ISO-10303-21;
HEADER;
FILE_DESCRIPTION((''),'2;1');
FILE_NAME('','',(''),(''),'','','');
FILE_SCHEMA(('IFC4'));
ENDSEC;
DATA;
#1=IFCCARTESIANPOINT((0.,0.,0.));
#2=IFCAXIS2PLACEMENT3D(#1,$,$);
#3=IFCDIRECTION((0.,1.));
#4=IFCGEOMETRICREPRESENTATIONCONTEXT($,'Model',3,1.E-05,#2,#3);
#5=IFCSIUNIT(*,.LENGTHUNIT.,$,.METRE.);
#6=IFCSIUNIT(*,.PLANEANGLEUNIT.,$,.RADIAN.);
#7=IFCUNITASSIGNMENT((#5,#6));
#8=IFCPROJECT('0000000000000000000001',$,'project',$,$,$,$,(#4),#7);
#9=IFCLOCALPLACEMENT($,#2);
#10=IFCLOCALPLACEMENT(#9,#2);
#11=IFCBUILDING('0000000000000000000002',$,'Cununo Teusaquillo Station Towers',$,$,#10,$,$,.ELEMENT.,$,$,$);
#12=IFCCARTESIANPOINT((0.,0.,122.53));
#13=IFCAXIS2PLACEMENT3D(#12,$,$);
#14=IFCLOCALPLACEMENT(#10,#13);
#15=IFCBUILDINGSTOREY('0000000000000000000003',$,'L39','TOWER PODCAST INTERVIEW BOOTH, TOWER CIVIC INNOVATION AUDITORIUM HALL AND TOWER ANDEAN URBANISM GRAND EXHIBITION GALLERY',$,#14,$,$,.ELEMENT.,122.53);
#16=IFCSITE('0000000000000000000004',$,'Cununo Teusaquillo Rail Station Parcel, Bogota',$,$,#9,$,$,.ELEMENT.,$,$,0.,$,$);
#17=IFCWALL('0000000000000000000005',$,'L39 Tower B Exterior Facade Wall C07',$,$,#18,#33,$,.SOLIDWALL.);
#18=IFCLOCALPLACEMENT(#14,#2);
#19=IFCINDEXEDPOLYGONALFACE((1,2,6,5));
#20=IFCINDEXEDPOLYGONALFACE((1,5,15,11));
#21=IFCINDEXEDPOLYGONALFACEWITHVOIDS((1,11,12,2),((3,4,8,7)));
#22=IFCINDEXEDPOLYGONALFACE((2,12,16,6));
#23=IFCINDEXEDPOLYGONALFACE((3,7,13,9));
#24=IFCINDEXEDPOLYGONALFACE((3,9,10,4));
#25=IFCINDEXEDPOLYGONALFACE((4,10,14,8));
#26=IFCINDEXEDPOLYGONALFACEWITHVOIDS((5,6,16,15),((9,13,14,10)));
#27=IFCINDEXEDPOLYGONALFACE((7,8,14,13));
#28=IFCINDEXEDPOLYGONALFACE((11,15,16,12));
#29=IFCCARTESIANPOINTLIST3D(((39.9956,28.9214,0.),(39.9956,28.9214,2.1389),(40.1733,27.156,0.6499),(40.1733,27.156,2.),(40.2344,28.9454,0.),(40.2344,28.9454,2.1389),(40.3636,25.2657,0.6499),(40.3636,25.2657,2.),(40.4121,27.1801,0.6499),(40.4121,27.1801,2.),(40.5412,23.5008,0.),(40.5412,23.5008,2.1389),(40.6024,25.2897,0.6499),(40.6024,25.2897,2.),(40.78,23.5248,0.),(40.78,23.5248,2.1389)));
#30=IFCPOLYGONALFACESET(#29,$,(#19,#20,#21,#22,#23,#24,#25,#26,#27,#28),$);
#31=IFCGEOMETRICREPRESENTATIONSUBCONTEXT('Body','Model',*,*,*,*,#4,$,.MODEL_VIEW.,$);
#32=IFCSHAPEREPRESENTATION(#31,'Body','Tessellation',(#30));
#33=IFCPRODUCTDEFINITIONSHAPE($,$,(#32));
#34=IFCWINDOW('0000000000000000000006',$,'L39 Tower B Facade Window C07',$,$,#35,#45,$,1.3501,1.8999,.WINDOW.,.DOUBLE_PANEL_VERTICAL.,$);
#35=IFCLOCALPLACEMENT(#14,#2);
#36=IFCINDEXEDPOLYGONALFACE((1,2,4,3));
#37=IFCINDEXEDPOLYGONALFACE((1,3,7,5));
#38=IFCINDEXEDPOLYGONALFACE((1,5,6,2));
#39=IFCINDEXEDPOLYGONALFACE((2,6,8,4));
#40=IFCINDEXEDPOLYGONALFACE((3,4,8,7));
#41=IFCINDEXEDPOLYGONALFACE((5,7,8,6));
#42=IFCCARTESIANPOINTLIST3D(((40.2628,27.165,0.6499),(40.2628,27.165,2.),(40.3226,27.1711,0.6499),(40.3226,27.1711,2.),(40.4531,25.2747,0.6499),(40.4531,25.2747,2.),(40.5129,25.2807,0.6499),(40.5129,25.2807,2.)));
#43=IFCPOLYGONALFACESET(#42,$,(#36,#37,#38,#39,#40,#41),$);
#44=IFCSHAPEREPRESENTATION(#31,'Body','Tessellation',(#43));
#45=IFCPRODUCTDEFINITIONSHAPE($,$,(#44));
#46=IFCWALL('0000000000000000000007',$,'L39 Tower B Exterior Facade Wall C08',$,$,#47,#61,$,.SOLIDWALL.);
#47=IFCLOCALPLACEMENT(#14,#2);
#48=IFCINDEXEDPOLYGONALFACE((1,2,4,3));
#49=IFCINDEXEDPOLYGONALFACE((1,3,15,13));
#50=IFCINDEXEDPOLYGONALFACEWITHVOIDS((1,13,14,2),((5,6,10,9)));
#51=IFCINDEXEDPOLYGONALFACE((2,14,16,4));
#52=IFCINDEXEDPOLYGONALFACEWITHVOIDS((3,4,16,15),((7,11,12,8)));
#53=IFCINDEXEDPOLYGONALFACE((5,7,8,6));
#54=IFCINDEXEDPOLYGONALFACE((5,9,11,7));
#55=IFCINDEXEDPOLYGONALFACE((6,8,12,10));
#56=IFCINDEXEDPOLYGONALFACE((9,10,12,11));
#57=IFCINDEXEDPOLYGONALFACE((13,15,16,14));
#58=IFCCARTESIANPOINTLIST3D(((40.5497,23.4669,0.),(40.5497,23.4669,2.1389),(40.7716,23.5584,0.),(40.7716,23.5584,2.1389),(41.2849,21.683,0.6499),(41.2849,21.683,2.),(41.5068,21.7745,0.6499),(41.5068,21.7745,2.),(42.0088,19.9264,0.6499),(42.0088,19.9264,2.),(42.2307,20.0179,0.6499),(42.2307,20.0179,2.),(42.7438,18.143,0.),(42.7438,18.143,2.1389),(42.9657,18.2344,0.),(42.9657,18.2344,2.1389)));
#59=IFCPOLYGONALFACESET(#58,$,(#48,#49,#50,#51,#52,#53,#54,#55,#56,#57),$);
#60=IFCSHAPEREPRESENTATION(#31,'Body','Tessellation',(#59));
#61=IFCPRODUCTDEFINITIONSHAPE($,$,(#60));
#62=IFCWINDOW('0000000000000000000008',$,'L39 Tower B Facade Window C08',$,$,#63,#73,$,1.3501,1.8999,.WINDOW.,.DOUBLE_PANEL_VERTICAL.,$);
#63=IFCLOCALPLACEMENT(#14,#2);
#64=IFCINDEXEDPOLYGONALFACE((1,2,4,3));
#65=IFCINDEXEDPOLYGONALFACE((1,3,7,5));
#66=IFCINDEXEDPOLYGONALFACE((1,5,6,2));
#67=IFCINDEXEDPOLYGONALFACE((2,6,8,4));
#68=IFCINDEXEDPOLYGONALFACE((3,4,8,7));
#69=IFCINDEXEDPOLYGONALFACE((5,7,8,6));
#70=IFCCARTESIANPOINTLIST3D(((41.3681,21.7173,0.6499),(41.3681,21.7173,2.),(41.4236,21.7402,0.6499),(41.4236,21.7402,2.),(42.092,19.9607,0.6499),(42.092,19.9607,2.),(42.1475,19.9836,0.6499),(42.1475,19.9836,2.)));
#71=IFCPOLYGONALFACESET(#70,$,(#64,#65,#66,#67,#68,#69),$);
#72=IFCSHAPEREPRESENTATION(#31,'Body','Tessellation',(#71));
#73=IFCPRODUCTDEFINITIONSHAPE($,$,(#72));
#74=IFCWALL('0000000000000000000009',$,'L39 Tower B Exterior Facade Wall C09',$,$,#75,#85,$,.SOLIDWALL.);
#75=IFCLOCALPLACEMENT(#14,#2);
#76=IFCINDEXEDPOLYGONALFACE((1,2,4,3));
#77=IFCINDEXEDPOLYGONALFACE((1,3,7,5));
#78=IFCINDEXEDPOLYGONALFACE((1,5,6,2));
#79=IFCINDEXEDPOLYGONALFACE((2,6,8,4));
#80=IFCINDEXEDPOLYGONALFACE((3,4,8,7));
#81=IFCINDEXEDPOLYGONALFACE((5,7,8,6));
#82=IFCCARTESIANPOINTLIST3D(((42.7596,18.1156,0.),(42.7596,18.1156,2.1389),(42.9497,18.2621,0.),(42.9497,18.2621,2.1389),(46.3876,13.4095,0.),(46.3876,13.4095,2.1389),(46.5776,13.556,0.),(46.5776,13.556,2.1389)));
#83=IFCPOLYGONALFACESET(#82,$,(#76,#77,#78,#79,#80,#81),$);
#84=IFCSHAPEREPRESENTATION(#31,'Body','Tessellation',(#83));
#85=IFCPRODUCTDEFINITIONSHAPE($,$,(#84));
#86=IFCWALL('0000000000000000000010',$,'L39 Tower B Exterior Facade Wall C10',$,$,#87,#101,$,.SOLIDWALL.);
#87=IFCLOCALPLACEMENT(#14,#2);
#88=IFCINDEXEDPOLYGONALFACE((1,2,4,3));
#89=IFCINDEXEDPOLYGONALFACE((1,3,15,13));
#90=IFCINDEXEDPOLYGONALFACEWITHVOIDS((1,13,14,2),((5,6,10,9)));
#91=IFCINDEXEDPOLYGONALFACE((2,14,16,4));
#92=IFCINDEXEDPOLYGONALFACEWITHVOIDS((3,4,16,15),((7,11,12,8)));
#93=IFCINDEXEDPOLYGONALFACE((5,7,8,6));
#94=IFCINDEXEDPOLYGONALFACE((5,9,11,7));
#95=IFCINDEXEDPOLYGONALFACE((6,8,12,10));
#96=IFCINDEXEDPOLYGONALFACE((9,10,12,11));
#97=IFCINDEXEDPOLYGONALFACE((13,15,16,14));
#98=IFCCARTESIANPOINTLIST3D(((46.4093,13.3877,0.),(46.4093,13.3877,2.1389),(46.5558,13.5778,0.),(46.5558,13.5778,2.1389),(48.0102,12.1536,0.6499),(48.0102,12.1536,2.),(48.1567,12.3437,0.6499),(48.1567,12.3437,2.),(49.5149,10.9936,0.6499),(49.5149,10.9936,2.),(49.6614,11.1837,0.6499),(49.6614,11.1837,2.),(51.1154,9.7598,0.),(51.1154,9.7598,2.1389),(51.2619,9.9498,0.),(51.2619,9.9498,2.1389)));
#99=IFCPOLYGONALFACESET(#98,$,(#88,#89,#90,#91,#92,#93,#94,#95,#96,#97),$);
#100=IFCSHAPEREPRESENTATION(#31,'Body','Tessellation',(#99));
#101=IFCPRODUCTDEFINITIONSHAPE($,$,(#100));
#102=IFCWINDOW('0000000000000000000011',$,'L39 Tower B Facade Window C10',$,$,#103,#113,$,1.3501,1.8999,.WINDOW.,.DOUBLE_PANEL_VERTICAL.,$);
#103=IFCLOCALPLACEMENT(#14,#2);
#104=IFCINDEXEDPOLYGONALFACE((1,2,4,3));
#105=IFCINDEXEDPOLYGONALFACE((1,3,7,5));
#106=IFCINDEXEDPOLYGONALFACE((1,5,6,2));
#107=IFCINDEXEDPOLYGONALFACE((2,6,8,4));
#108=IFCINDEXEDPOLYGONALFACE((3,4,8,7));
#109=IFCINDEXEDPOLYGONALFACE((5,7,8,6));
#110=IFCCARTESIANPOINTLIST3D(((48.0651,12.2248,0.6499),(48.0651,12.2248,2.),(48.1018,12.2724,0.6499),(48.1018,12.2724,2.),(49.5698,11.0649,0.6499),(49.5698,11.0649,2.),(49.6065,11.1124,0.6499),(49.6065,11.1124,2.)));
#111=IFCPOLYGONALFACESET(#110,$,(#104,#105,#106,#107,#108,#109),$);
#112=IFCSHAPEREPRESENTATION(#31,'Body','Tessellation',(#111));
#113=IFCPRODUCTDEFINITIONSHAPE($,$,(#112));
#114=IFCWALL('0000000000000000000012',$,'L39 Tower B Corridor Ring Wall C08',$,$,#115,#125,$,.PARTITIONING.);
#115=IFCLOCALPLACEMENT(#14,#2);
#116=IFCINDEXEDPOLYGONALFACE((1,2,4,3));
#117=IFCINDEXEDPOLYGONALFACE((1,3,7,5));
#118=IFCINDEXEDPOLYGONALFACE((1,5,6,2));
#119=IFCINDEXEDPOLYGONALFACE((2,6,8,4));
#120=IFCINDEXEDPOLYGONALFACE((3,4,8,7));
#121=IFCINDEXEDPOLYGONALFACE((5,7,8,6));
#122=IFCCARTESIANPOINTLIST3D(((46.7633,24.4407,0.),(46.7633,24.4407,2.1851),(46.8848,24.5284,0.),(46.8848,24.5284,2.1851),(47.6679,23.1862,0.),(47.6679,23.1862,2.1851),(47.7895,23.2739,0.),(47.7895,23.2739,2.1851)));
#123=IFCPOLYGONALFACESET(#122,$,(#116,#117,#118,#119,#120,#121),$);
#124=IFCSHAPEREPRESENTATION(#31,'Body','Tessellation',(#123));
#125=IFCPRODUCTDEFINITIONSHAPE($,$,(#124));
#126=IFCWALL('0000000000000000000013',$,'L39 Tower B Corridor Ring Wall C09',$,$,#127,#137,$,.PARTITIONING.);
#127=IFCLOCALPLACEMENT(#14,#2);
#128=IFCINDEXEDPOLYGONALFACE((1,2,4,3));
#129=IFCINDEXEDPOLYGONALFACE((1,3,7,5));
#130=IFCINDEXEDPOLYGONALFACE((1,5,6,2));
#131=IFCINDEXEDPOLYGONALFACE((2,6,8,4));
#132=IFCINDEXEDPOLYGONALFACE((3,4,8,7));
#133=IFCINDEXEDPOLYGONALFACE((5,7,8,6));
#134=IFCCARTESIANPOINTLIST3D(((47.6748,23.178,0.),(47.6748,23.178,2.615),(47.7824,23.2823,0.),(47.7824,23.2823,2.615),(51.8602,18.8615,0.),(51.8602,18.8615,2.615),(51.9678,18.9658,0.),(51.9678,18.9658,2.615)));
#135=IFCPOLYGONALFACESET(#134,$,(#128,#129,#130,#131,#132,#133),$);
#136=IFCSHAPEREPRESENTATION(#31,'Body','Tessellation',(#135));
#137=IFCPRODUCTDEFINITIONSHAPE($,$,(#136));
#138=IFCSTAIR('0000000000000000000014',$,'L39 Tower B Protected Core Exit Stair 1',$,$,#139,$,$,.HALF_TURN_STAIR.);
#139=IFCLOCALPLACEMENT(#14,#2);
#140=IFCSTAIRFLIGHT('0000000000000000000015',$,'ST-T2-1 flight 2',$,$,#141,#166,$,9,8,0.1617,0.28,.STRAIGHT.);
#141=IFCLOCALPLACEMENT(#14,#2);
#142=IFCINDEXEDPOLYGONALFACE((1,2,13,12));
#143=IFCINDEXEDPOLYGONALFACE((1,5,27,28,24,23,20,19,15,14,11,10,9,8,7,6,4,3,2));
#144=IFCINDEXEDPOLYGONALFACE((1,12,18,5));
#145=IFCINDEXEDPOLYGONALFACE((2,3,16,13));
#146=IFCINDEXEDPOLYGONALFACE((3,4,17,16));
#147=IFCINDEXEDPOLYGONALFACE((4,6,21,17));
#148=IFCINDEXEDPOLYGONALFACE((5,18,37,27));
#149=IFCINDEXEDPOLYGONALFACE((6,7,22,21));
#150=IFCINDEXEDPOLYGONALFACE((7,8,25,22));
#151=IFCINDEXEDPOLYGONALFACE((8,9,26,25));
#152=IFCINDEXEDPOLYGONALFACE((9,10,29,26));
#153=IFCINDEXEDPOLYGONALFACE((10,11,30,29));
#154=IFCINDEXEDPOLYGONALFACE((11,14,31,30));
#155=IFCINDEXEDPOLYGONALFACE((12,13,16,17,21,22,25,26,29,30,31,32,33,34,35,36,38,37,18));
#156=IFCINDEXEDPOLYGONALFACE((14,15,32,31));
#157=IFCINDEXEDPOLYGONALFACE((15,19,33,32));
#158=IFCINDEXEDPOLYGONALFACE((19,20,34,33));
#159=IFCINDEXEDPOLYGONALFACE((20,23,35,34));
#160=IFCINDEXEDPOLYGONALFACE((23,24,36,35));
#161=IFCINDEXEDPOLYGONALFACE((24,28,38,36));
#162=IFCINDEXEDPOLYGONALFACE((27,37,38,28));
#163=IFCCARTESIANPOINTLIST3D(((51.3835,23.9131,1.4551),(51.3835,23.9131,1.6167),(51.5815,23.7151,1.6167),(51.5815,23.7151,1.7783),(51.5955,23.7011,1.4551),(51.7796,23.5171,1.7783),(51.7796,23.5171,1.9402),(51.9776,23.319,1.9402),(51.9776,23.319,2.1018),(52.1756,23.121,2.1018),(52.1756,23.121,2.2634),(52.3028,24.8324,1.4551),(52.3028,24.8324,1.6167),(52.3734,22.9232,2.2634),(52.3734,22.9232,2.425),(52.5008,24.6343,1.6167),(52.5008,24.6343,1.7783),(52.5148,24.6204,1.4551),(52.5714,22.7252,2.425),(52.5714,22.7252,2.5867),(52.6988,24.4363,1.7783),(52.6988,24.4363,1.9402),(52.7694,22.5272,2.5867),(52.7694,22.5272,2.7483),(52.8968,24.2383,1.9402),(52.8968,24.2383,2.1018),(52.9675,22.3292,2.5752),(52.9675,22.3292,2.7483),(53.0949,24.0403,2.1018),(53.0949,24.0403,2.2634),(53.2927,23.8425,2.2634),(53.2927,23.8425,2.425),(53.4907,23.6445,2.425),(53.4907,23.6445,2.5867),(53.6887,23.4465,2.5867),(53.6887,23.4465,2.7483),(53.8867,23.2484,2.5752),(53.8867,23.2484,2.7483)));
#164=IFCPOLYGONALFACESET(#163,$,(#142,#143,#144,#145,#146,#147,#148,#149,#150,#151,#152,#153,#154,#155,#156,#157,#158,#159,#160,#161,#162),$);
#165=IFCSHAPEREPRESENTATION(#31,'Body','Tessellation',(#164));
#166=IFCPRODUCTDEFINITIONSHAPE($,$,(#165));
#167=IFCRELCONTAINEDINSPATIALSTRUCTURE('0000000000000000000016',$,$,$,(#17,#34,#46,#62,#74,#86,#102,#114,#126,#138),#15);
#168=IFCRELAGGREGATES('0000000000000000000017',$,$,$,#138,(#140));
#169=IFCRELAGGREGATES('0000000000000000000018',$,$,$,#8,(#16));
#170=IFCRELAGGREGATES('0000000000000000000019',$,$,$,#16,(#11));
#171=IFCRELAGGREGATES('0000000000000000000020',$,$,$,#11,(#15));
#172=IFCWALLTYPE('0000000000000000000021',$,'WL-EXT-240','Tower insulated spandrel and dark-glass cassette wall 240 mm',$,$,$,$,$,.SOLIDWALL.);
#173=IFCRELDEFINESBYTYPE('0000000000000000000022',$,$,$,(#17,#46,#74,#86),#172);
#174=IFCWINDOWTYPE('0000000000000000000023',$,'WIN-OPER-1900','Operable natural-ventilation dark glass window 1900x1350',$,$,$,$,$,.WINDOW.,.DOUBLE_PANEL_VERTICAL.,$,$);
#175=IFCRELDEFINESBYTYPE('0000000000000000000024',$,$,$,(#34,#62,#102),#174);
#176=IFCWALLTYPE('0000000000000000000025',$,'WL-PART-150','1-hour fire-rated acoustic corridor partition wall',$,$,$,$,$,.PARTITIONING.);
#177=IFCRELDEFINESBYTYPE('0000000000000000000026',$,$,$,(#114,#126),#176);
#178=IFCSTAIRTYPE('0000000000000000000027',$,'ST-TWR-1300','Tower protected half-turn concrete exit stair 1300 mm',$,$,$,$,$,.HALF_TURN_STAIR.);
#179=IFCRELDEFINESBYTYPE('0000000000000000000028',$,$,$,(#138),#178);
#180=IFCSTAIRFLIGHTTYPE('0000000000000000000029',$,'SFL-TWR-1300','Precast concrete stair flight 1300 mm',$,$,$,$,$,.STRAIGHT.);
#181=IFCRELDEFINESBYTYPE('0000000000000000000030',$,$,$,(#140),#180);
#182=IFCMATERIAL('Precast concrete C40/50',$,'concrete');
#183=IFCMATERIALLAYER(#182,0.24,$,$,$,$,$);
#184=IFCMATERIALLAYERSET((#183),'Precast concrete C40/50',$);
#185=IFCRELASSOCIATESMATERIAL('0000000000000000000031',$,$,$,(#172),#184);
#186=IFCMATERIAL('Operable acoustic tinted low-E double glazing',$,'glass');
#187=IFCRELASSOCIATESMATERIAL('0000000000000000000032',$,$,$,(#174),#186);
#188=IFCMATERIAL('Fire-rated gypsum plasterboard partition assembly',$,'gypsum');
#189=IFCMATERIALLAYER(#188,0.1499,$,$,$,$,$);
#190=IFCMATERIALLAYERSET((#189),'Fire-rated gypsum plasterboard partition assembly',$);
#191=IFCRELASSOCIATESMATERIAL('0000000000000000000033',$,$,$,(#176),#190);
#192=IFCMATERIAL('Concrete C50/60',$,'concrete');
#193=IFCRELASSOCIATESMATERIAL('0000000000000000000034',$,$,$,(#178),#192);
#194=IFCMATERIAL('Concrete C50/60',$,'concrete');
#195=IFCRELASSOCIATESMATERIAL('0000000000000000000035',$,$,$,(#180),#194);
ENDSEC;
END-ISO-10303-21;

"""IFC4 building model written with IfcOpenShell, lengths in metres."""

from ifc_helpers import new_model, si_unit, direction, frame, frame_2d, origin, place, context, subcontext, project, spatial, polyline, rectangle, outline, extrude, source, transform, mapped, material, layer, layer_set, type_object, element, fill, aggregate, save


model = new_model("IFC4")

# Units and contexts
model_context = context("Model", 3, precision=1e-05, world=origin(), true_north=direction((0.0, 1.0)))
body_context = subcontext(model_context, "Body", "Model", "MODEL_VIEW")
ifc_project = project(units=[si_unit("LENGTHUNIT", "METRE"), si_unit("PLANEANGLEUNIT", "RADIAN")], contexts=[model_context])

# Site, building, storey
site_placement = place(None, origin())
site = spatial("IfcSite", under=ifc_project, at=site_placement, Name="Cununo Teusaquillo Rail Station Parcel, Bogota", CompositionType="ELEMENT", RefElevation=0.0)
building_placement = place(site_placement, origin())
building = spatial("IfcBuilding", under=site, at=building_placement, Name="Cununo Teusaquillo Station Towers", CompositionType="ELEMENT")
storey_placement = place(building_placement, frame((0.0, 0.0, 122.53)))
storey = spatial("IfcBuildingStorey", under=building, at=storey_placement, Name="L39", Description="TOWER PODCAST INTERVIEW BOOTH, TOWER CIVIC INNOVATION AUDITORIUM HALL AND TOWER ANDEAN URBANISM GRAND EXHIBITION GALLERY", CompositionType="ELEMENT", Elevation=122.53)

# Shared definitions
ifc_material_1 = material(Name="Precast concrete C40/50", Category="concrete")
ifc_layer_1 = layer(ifc_material_1, 0.24)
ifc_layer_set_1 = layer_set([ifc_layer_1], Name="Precast concrete C40/50")
wall_type_1 = type_object("IfcWallType", Name="WL-EXT-240", Description="Tower insulated spandrel and dark-glass cassette wall 240 mm", PredefinedType="SOLIDWALL", material=ifc_layer_set_1)

# Walls, openings, windows
shared_shape_1 = source(origin(), body_context, "Body", "SweptSolid", [
    extrude(rectangle(XDim=1.8999, YDim=1.3501, at=frame_2d((0.95, 0.675))), frame((0.0, 0.1299, 0.0), z_axis=(0.0, -1.0, 0.0), x_axis=(1.0, 0.0, 0.0)), (0.0, 0.0, 1.0), 0.26),
])
ifc_material_2 = material(Name="Operable acoustic tinted low-E double glazing", Category="glass")
window_type = type_object("IfcWindowType", Name="WIN-OPER-1900", Description="Operable natural-ventilation dark glass window 1900x1350", PartitioningType="DOUBLE_PANEL_VERTICAL", PredefinedType="WINDOW", material=ifc_material_2)
shared_shape_2 = source(origin(), body_context, "Body", "SweptSolid", [
    extrude(rectangle(XDim=1.8999, YDim=1.3501, at=frame_2d((0.95, 0.675))), frame((0.0, 0.03, 0.0), z_axis=(0.0, -1.0, 0.0), x_axis=(1.0, 0.0, 0.0)), (0.0, 0.0, 1.0), 0.0601),
])
wall_1_placement = place(storey_placement, frame((40.6606, 23.5127, 0.0), z_axis=(0.0, 0.0, 1.0), x_axis=(-0.100156, 0.994972, 0.0)))
wall_1 = element("IfcWall", 1, at=wall_1_placement, inside=storey, type_object=wall_type_1, Name="L39 Tower B Exterior Facade Wall C07", PredefinedType="SOLIDWALL", context=body_context, shape_type="SweptSolid", body=[
    extrude(rectangle(XDim=5.448, YDim=0.24, at=frame_2d((2.7241, 0.0))), origin(), (0.0, 0.0, 1.0), 2.1389),
])
opening_1_placement = place(wall_1_placement, frame((1.7739, 0.0, 0.6499)))
opening_1 = element("IfcOpeningElement", 2, at=opening_1_placement, cuts=wall_1, PredefinedType="OPENING", context=body_context, shape_type="MappedRepresentation", body=[
    mapped(shared_shape_1, transform((0.0, 0.0, 0.0), x_axis=(1.0, 0.0, 0.0), y_axis=(0.0, 1.0, 0.0), z_axis=(0.0, 0.0, 1.0), scale=1.0)),
])
window_1_placement = place(opening_1_placement, origin())
window_1 = element("IfcWindow", 3, at=window_1_placement, inside=storey, type_object=window_type, Name="L39 Tower B Facade Window C07", OverallHeight=1.3501, OverallWidth=1.8999, PartitioningType="DOUBLE_PANEL_VERTICAL", PredefinedType="WINDOW", context=body_context, shape_type="MappedRepresentation", body=[
    mapped(shared_shape_2, transform((0.0, 0.0, 0.0), x_axis=(1.0, 0.0, 0.0), y_axis=(0.0, 1.0, 0.0), z_axis=(0.0, 0.0, 1.0), scale=1.0)),
])
fill(opening_1, window_1)
wall_2_placement = place(storey_placement, frame((42.8547, 18.1887, 0.0), z_axis=(0.0, 0.0, 1.0), x_axis=(-0.381027, 0.924564, 0.0)))
wall_2 = element("IfcWall", 4, at=wall_2_placement, inside=storey, type_object=wall_type_1, Name="L39 Tower B Exterior Facade Wall C08", PredefinedType="SOLIDWALL", context=body_context, shape_type="SweptSolid", body=[
    extrude(rectangle(XDim=5.7583, YDim=0.24, at=frame_2d((2.8792, 0.0))), origin(), (0.0, 0.0, 1.0), 2.1389),
])
opening_2_placement = place(wall_2_placement, frame((1.929, 0.0, 0.6499)))
opening_2 = element("IfcOpeningElement", 5, at=opening_2_placement, cuts=wall_2, PredefinedType="OPENING", context=body_context, shape_type="MappedRepresentation", body=[
    mapped(shared_shape_1, transform((0.0, 0.0, 0.0), x_axis=(1.0, 0.0, 0.0), y_axis=(0.0, 1.0, 0.0), z_axis=(0.0, 0.0, 1.0), scale=1.0)),
])
window_2_placement = place(opening_2_placement, origin())
window_2 = element("IfcWindow", 6, at=window_2_placement, inside=storey, type_object=window_type, Name="L39 Tower B Facade Window C08", OverallHeight=1.3501, OverallWidth=1.8999, PartitioningType="DOUBLE_PANEL_VERTICAL", PredefinedType="WINDOW", context=body_context, shape_type="MappedRepresentation", body=[
    mapped(shared_shape_2, transform((0.0, 0.0, 0.0), x_axis=(1.0, 0.0, 0.0), y_axis=(0.0, 1.0, 0.0), z_axis=(0.0, 0.0, 1.0), scale=1.0)),
])
fill(opening_2, window_2)

# Wall
wall_3_placement = place(storey_placement, frame((46.4827, 13.4827, 0.0), z_axis=(0.0, 0.0, 1.0), x_axis=(-0.610544, 0.791982, 0.0)))
element("IfcWall", 7, at=wall_3_placement, inside=storey, type_object=wall_type_1, Name="L39 Tower B Exterior Facade Wall C09", PredefinedType="SOLIDWALL", context=body_context, shape_type="SweptSolid", body=[
    extrude(rectangle(XDim=5.9421, YDim=0.24, at=frame_2d((2.9712, 0.0))), origin(), (0.0, 0.0, 1.0), 2.1389),
])

# Wall, opening, window
wall_4_placement = place(storey_placement, frame((51.1887, 9.8547, 0.0), z_axis=(0.0, 0.0, 1.0), x_axis=(-0.791982, 0.610544, 0.0)))
wall_4 = element("IfcWall", 8, at=wall_4_placement, inside=storey, type_object=wall_type_1, Name="L39 Tower B Exterior Facade Wall C10", PredefinedType="SOLIDWALL", context=body_context, shape_type="SweptSolid", body=[
    extrude(rectangle(XDim=5.9421, YDim=0.24, at=frame_2d((2.9712, 0.0))), origin(), (0.0, 0.0, 1.0), 2.1389),
])
opening_3_placement = place(wall_4_placement, frame((2.021, 0.0, 0.6499)))
opening_3 = element("IfcOpeningElement", 9, at=opening_3_placement, cuts=wall_4, PredefinedType="OPENING", context=body_context, shape_type="MappedRepresentation", body=[
    mapped(shared_shape_1, transform((0.0, 0.0, 0.0), x_axis=(1.0, 0.0, 0.0), y_axis=(0.0, 1.0, 0.0), z_axis=(0.0, 0.0, 1.0), scale=1.0)),
])
window_3_placement = place(opening_3_placement, origin())
window_3 = element("IfcWindow", 10, at=window_3_placement, inside=storey, type_object=window_type, Name="L39 Tower B Facade Window C10", OverallHeight=1.3501, OverallWidth=1.8999, PartitioningType="DOUBLE_PANEL_VERTICAL", PredefinedType="WINDOW", context=body_context, shape_type="MappedRepresentation", body=[
    mapped(shared_shape_2, transform((0.0, 0.0, 0.0), x_axis=(1.0, 0.0, 0.0), y_axis=(0.0, 1.0, 0.0), z_axis=(0.0, 0.0, 1.0), scale=1.0)),
])
fill(opening_3, window_3)

# Walls
ifc_material_3 = material(Name="Fire-rated gypsum plasterboard partition assembly", Category="gypsum")
ifc_layer_2 = layer(ifc_material_3, 0.1499)
ifc_layer_set_2 = layer_set([ifc_layer_2], Name="Fire-rated gypsum plasterboard partition assembly")
wall_type_2 = type_object("IfcWallType", Name="WL-PART-150", Description="1-hour fire-rated acoustic corridor partition wall", PredefinedType="PARTITIONING", material=ifc_layer_set_2)
wall_5_placement = place(storey_placement, frame((46.824, 24.4846, 0.0), z_axis=(0.0, 0.0, 1.0), x_axis=(0.584891, -0.811112, 0.0)))
element("IfcWall", 11, at=wall_5_placement, inside=storey, type_object=wall_type_2, Name="L39 Tower B Corridor Ring Wall C08", PredefinedType="PARTITIONING", context=body_context, shape_type="SweptSolid", body=[
    extrude(rectangle(XDim=1.5466, YDim=0.1499, at=frame_2d((0.7734, 0.0))), origin(), (0.0, 0.0, 1.0), 2.1851),
])
wall_6_placement = place(storey_placement, frame((47.7285, 23.2302, 0.0), z_axis=(0.0, 0.0, 1.0), x_axis=(0.69612, -0.717926, 0.0)))
element("IfcWall", 12, at=wall_6_placement, inside=storey, type_object=wall_type_2, Name="L39 Tower B Corridor Ring Wall C09", PredefinedType="PARTITIONING", context=body_context, shape_type="SweptSolid", body=[
    extrude(rectangle(XDim=6.0125, YDim=0.1499, at=frame_2d((3.0063, 0.0))), origin(), (0.0, 0.0, 1.0), 2.615),
])

# Stair, stair flight
ifc_material_4 = material(Name="Concrete C50/60", Category="concrete")
stair_type = type_object("IfcStairType", Name="ST-TWR-1300", Description="Tower protected half-turn concrete exit stair 1300 mm", PredefinedType="HALF_TURN_STAIR", material=ifc_material_4)
stair_placement = place(storey_placement, origin())
stair = element("IfcStair", 13, at=stair_placement, inside=storey, type_object=stair_type, Name="L39 Tower B Protected Core Exit Stair 1", PredefinedType="HALF_TURN_STAIR")
ifc_material_5 = material(Name="Concrete C50/60", Category="concrete")
stair_flight_type = type_object("IfcStairFlightType", Name="SFL-TWR-1300", Description="Precast concrete stair flight 1300 mm", PredefinedType="STRAIGHT", material=ifc_material_5)
stair_flight_placement = place(storey_placement, frame((51.8433, 24.3728, 1.4551), z_axis=(0.0, 0.0, 1.0), x_axis=(0.707107, -0.707107, 0.0)))
stair_flight = element("IfcStairFlight", 14, at=stair_flight_placement, type_object=stair_flight_type, Name="ST-T2-1 flight 2", NumberOfRisers=9, NumberOfTreads=8, PredefinedType="STRAIGHT", RiserHeight=0.1617, TreadLength=0.28, context=body_context, shape_type="SweptSolid", body=[
    extrude(outline(polyline([(0.0, 0.0), (0.0, 0.1616), (0.28, 0.1616), (0.28, 0.3232), (0.5601, 0.3232), (0.5601, 0.4851), (0.8401, 0.4851), (0.8401, 0.6467), (1.1201, 0.6467), (1.1201, 0.8083), (1.3999, 0.8083), (1.3999, 0.97), (1.6799, 0.97), (1.6799, 1.1316), (1.96, 1.1316), (1.96, 1.2932), (2.24, 1.2932), (2.24, 1.4551), (2.24, 1.1201), (0.2998, 0.0), (0.0, 0.0)])), frame((0.0, 0.6499, 0.0), z_axis=(0.0, -1.0, 0.0), x_axis=(1.0, 0.0, 0.0)), (0.0, 0.0, 1.0), 1.3),
])
aggregate(stair, [stair_flight])

save(model, "model.ifc")
